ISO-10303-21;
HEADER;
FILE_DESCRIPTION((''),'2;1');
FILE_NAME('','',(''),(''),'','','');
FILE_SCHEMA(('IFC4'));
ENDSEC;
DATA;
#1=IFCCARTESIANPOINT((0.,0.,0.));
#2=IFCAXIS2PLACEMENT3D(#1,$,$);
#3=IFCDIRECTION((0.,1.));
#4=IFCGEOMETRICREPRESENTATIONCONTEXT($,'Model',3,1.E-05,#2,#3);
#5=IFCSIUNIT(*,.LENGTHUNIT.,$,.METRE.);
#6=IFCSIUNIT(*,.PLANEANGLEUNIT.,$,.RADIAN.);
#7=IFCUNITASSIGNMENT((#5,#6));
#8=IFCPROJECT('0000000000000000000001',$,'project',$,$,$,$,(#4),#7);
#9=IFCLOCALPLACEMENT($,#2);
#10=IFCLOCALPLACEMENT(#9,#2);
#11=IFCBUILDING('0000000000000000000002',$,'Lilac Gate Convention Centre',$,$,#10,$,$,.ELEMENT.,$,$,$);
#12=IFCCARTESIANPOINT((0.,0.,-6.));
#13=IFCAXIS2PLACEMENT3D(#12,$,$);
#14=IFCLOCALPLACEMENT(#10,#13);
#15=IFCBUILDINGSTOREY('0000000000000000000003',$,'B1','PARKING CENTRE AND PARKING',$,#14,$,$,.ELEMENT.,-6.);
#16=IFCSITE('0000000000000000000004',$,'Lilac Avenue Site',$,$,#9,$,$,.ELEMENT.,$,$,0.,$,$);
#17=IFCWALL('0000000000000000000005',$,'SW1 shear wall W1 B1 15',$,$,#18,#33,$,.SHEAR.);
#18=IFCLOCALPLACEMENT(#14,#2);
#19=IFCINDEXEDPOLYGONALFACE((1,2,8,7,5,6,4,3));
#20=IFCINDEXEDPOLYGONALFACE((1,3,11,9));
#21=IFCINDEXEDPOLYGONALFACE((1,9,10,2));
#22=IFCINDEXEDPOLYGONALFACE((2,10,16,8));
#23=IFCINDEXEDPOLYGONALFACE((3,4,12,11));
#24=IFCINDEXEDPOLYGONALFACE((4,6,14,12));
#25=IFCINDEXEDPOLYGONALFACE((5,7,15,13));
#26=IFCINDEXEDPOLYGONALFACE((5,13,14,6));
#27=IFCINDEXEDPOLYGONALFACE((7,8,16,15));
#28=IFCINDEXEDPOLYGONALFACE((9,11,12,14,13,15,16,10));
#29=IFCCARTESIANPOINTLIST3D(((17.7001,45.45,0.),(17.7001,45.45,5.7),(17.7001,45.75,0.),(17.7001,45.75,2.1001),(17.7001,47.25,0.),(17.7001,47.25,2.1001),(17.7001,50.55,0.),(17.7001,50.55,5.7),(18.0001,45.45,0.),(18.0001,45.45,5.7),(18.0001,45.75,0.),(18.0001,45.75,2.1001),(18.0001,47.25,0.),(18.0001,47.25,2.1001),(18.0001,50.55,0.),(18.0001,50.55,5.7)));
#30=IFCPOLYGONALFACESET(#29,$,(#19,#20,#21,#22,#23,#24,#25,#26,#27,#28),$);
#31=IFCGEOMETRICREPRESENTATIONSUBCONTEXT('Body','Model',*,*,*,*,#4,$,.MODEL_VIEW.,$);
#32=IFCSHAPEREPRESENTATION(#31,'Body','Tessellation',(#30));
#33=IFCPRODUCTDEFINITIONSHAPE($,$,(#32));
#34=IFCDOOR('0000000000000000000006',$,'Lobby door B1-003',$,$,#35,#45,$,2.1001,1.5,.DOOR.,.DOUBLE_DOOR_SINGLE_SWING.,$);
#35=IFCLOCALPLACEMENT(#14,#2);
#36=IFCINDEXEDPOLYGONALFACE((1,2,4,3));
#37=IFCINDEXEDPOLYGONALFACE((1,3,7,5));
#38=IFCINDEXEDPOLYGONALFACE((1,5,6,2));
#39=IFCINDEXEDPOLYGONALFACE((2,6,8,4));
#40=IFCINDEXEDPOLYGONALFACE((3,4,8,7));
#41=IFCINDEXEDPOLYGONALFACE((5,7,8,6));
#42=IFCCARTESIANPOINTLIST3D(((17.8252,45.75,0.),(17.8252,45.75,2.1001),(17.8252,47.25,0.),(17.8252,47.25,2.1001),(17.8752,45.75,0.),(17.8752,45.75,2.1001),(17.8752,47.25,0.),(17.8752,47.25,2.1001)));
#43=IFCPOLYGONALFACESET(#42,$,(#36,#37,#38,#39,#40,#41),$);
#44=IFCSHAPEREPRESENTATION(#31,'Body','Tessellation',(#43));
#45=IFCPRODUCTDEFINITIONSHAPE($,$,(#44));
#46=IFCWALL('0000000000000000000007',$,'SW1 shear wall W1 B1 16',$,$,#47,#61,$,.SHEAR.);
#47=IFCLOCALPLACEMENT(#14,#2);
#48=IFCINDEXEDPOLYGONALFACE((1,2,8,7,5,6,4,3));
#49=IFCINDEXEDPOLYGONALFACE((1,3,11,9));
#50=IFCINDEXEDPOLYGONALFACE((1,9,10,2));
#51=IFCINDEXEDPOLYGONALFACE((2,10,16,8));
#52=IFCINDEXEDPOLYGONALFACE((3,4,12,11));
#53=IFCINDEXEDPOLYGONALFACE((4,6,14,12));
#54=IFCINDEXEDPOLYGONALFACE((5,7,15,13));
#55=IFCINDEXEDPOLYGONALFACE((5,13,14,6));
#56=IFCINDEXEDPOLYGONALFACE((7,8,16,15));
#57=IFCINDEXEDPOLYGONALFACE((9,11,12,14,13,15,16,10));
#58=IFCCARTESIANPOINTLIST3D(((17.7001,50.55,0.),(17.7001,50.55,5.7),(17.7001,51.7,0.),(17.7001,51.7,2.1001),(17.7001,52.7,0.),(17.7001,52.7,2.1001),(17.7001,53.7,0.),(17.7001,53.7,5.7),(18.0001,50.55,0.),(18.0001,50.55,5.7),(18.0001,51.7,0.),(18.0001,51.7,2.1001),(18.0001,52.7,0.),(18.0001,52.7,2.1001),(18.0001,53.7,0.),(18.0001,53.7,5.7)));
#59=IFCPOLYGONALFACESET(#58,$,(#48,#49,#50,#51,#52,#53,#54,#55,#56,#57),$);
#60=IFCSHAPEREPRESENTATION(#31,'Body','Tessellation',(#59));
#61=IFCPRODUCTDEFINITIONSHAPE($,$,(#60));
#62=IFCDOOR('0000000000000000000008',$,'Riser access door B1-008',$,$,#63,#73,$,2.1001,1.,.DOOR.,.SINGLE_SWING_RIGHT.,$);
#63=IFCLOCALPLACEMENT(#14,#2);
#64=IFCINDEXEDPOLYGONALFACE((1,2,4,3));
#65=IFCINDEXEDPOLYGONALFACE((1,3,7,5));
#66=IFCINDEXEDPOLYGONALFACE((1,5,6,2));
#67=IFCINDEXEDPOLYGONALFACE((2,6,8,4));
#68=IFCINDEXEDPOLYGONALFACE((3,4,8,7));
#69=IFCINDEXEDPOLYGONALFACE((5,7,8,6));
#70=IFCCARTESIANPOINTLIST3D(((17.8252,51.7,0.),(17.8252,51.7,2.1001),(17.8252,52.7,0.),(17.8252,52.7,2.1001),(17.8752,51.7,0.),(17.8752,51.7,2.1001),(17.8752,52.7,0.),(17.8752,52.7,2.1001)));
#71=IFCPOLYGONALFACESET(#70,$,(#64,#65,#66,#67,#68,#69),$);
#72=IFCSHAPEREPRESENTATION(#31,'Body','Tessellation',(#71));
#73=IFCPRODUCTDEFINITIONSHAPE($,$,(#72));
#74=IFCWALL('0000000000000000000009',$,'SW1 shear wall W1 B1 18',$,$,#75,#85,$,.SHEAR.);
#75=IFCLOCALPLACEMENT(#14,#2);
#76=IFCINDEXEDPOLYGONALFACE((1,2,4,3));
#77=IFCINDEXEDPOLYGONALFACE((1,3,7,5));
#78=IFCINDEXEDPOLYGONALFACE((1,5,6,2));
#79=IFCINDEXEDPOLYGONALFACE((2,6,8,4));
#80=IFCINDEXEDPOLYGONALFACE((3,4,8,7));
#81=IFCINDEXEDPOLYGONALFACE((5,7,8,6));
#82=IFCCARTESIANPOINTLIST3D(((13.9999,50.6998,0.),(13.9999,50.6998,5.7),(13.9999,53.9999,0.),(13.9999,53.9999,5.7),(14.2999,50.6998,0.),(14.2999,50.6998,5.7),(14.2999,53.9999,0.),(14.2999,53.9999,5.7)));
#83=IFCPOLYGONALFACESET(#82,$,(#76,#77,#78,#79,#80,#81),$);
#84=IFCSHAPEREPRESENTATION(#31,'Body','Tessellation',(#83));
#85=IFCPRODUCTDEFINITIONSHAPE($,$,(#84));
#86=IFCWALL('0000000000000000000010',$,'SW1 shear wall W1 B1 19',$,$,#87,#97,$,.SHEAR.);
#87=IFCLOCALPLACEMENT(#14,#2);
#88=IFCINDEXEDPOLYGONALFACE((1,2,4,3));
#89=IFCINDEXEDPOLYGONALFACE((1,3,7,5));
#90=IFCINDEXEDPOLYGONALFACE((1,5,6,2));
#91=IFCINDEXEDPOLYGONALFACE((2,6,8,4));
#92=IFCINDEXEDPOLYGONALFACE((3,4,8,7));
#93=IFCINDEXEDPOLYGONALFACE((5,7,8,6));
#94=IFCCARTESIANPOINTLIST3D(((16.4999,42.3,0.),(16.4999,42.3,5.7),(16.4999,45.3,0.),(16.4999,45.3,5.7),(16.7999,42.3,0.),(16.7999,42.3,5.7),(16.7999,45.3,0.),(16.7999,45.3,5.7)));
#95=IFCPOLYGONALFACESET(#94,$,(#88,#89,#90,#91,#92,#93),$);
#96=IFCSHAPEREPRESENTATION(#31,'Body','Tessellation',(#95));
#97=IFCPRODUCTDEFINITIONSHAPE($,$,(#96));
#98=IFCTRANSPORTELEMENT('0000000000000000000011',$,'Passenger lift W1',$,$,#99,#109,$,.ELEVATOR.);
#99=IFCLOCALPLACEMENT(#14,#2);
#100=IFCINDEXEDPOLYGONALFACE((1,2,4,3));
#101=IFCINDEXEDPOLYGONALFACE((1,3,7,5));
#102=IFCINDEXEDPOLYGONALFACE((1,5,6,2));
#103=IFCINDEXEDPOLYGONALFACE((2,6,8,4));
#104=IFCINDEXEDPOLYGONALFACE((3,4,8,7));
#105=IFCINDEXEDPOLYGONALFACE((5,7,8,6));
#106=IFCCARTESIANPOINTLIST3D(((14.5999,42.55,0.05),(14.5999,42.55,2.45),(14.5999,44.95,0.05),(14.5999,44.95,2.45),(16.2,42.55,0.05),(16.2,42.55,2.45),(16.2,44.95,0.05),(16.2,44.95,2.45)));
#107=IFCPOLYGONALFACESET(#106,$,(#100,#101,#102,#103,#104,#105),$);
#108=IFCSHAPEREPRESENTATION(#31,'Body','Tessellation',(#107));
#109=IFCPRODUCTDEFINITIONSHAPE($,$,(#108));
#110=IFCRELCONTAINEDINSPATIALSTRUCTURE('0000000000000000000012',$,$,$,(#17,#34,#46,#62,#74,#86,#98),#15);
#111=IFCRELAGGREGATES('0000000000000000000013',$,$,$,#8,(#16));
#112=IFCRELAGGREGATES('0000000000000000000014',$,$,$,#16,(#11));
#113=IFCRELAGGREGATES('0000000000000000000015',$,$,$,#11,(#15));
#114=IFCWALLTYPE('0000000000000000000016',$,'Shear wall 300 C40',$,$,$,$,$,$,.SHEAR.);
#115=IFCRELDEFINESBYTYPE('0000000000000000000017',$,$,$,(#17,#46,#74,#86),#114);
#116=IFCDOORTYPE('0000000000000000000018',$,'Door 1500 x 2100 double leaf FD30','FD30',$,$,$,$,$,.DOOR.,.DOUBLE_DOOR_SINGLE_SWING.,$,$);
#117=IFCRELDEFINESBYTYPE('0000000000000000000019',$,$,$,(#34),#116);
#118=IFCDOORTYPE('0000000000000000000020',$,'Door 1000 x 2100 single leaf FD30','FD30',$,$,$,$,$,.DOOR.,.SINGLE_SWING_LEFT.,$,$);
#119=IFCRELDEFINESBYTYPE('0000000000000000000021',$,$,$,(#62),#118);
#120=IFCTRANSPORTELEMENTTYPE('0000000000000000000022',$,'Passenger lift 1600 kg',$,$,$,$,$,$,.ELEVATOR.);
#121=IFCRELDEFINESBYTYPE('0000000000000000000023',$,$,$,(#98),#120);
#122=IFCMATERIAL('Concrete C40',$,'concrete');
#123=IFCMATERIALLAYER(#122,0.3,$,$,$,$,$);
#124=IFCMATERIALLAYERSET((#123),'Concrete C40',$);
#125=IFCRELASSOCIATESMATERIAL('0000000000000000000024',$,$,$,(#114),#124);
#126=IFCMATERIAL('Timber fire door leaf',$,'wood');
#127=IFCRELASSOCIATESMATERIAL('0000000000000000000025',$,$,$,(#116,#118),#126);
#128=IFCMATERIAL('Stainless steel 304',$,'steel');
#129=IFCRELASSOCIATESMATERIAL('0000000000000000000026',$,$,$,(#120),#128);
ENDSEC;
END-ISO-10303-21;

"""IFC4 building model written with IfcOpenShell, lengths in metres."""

from ifc_helpers import new_model, si_unit, direction, frame, frame_2d, origin, origin_2d, place, context, subcontext, project, spatial, rectangle, extrude, material, layer, layer_set, type_object, element, fill, save


model = new_model("IFC4")

# Units and contexts
model_context = context("Model", 3, precision=1e-05, world=origin(), true_north=direction((0.0, 1.0)))
body_context = subcontext(model_context, "Body", "Model", "MODEL_VIEW")
ifc_project = project(units=[si_unit("LENGTHUNIT", "METRE"), si_unit("PLANEANGLEUNIT", "RADIAN")], contexts=[model_context])

# Site, building, storey
site_placement = place(None, origin())
site = spatial("IfcSite", under=ifc_project, at=site_placement, Name="Lilac Avenue Site", CompositionType="ELEMENT", RefElevation=0.0)
building_placement = place(site_placement, origin())
building = spatial("IfcBuilding", under=site, at=building_placement, Name="Lilac Gate Convention Centre", CompositionType="ELEMENT")
storey_placement = place(building_placement, frame((0.0, 0.0, -6.0)))
storey = spatial("IfcBuildingStorey", under=building, at=storey_placement, Name="B1", Description="PARKING CENTRE AND PARKING", CompositionType="ELEMENT", Elevation=-6.0)

# Shared definitions
ifc_material_1 = material(Name="Concrete C40", Category="concrete")
ifc_layer_1 = layer(ifc_material_1, 0.3)
ifc_layer_set_1 = layer_set([ifc_layer_1], Name="Concrete C40")
wall_type_1 = type_object("IfcWallType", Name="Shear wall 300 C40", PredefinedType="SHEAR", material=ifc_layer_set_1)

# Shared definitions
ifc_material_2 = material(Name="Stainless steel 304", Category="steel")
ifc_material_3 = material(Name="Timber fire door leaf", Category="wood")

# Walls, openings, doors
wall_1_placement = place(storey_placement, frame((17.8501, 45.45, 0.0), z_axis=(0.0, 0.0, 1.0), x_axis=(0.0, 1.0, 0.0)))
wall_1 = element("IfcWall", 1, at=wall_1_placement, inside=storey, type_object=wall_type_1, Name="SW1 shear wall W1 B1 15", PredefinedType="SHEAR", context=body_context, shape_type="SweptSolid", body=[
    extrude(rectangle(XDim=5.1001, YDim=0.3, at=frame_2d((2.55, 0.0))), origin(), (0.0, 0.0, 1.0), 5.7),
])
opening_1_placement = place(wall_1_placement, frame((0.3, 0.0, 0.0)))
opening_1 = element("IfcOpeningElement", 2, at=opening_1_placement, cuts=wall_1, PredefinedType="OPENING", context=body_context, shape_type="SweptSolid", body=[
    extrude(rectangle(XDim=1.5, YDim=2.1001, at=frame_2d((0.75, 1.05))), frame((0.0, 0.1599, 0.0), z_axis=(0.0, -1.0, 0.0), x_axis=(1.0, 0.0, 0.0)), (0.0, 0.0, 1.0), 0.3201),
])
door_type_1 = type_object("IfcDoorType", Name="Door 1500 x 2100 double leaf FD30", Description="FD30", OperationType="DOUBLE_DOOR_SINGLE_SWING", PredefinedType="DOOR", material=ifc_material_3)
door_1_placement = place(opening_1_placement, origin())
door_1 = element("IfcDoor", 3, at=door_1_placement, inside=storey, type_object=door_type_1, Name="Lobby door B1-003", OperationType="DOUBLE_DOOR_SINGLE_SWING", OverallHeight=2.1001, OverallWidth=1.5, PredefinedType="DOOR", context=body_context, shape_type="SweptSolid", body=[
    extrude(rectangle(XDim=1.5, YDim=2.1001, at=frame_2d((0.75, 1.05))), frame((0.0, 0.0249, 0.0), z_axis=(0.0, -1.0, 0.0), x_axis=(1.0, 0.0, 0.0)), (0.0, 0.0, 1.0), 0.05),
])
fill(opening_1, door_1)
wall_2_placement = place(storey_placement, frame((17.8501, 50.55, 0.0), z_axis=(0.0, 0.0, 1.0), x_axis=(0.0, 1.0, 0.0)))
wall_2 = element("IfcWall", 4, at=wall_2_placement, inside=storey, type_object=wall_type_1, Name="SW1 shear wall W1 B1 16", PredefinedType="SHEAR", context=body_context, shape_type="SweptSolid", body=[
    extrude(rectangle(XDim=3.1499, YDim=0.3, at=frame_2d((1.575, 0.0))), origin(), (0.0, 0.0, 1.0), 5.7),
])
opening_2_placement = place(wall_2_placement, frame((1.1499, 0.0, 0.0)))
opening_2 = element("IfcOpeningElement", 5, at=opening_2_placement, cuts=wall_2, PredefinedType="OPENING", context=body_context, shape_type="SweptSolid", body=[
    extrude(rectangle(XDim=1.0, YDim=2.1001, at=frame_2d((0.5, 1.05))), frame((0.0, 0.1599, 0.0), z_axis=(0.0, -1.0, 0.0), x_axis=(1.0, 0.0, 0.0)), (0.0, 0.0, 1.0), 0.3201),
])
door_type_2 = type_object("IfcDoorType", Name="Door 1000 x 2100 single leaf FD30", Description="FD30", OperationType="SINGLE_SWING_LEFT", PredefinedType="DOOR", material=ifc_material_3)
door_2_placement = place(opening_2_placement, origin())
door_2 = element("IfcDoor", 6, at=door_2_placement, inside=storey, type_object=door_type_2, Name="Riser access door B1-008", OperationType="SINGLE_SWING_RIGHT", OverallHeight=2.1001, OverallWidth=1.0, PredefinedType="DOOR", context=body_context, shape_type="SweptSolid", body=[
    extrude(rectangle(XDim=1.0, YDim=2.1001, at=frame_2d((0.5, 1.05))), frame((0.0, 0.0249, 0.0), z_axis=(0.0, -1.0, 0.0), x_axis=(1.0, 0.0, 0.0)), (0.0, 0.0, 1.0), 0.05),
])
fill(opening_2, door_2)

# Walls
wall_3_placement = place(storey_placement, frame((14.1499, 50.7, 0.0), z_axis=(0.0, 0.0, 1.0), x_axis=(0.0, 1.0, 0.0)))
element("IfcWall", 7, at=wall_3_placement, inside=storey, type_object=wall_type_1, Name="SW1 shear wall W1 B1 18", PredefinedType="SHEAR", context=body_context, shape_type="SweptSolid", body=[
    extrude(rectangle(XDim=3.3, YDim=0.3, at=frame_2d((1.6499, 0.0))), origin(), (0.0, 0.0, 1.0), 5.7),
])
wall_4_placement = place(storey_placement, frame((16.6499, 42.3, 0.0), z_axis=(0.0, 0.0, 1.0), x_axis=(0.0, 1.0, 0.0)))
element("IfcWall", 8, at=wall_4_placement, inside=storey, type_object=wall_type_1, Name="SW1 shear wall W1 B1 19", PredefinedType="SHEAR", context=body_context, shape_type="SweptSolid", body=[
    extrude(rectangle(XDim=3.0, YDim=0.3, at=frame_2d((1.5, 0.0))), origin(), (0.0, 0.0, 1.0), 5.7),
])

# Transport element
transport_element_type = type_object("IfcTransportElementType", Name="Passenger lift 1600 kg", PredefinedType="ELEVATOR", material=ifc_material_2)
transport_element_placement = place(storey_placement, frame((15.3999, 43.75, 0.05), z_axis=(0.0, 0.0, 1.0), x_axis=(1.0, 0.0, 0.0)))
element("IfcTransportElement", 9, at=transport_element_placement, inside=storey, type_object=transport_element_type, Name="Passenger lift W1", PredefinedType="ELEVATOR", context=body_context, shape_type="SweptSolid", body=[
    extrude(rectangle(XDim=1.6001, YDim=2.3999, at=origin_2d()), origin(), (0.0, 0.0, 1.0), 2.3999),
])

save(model, "model.ifc")
